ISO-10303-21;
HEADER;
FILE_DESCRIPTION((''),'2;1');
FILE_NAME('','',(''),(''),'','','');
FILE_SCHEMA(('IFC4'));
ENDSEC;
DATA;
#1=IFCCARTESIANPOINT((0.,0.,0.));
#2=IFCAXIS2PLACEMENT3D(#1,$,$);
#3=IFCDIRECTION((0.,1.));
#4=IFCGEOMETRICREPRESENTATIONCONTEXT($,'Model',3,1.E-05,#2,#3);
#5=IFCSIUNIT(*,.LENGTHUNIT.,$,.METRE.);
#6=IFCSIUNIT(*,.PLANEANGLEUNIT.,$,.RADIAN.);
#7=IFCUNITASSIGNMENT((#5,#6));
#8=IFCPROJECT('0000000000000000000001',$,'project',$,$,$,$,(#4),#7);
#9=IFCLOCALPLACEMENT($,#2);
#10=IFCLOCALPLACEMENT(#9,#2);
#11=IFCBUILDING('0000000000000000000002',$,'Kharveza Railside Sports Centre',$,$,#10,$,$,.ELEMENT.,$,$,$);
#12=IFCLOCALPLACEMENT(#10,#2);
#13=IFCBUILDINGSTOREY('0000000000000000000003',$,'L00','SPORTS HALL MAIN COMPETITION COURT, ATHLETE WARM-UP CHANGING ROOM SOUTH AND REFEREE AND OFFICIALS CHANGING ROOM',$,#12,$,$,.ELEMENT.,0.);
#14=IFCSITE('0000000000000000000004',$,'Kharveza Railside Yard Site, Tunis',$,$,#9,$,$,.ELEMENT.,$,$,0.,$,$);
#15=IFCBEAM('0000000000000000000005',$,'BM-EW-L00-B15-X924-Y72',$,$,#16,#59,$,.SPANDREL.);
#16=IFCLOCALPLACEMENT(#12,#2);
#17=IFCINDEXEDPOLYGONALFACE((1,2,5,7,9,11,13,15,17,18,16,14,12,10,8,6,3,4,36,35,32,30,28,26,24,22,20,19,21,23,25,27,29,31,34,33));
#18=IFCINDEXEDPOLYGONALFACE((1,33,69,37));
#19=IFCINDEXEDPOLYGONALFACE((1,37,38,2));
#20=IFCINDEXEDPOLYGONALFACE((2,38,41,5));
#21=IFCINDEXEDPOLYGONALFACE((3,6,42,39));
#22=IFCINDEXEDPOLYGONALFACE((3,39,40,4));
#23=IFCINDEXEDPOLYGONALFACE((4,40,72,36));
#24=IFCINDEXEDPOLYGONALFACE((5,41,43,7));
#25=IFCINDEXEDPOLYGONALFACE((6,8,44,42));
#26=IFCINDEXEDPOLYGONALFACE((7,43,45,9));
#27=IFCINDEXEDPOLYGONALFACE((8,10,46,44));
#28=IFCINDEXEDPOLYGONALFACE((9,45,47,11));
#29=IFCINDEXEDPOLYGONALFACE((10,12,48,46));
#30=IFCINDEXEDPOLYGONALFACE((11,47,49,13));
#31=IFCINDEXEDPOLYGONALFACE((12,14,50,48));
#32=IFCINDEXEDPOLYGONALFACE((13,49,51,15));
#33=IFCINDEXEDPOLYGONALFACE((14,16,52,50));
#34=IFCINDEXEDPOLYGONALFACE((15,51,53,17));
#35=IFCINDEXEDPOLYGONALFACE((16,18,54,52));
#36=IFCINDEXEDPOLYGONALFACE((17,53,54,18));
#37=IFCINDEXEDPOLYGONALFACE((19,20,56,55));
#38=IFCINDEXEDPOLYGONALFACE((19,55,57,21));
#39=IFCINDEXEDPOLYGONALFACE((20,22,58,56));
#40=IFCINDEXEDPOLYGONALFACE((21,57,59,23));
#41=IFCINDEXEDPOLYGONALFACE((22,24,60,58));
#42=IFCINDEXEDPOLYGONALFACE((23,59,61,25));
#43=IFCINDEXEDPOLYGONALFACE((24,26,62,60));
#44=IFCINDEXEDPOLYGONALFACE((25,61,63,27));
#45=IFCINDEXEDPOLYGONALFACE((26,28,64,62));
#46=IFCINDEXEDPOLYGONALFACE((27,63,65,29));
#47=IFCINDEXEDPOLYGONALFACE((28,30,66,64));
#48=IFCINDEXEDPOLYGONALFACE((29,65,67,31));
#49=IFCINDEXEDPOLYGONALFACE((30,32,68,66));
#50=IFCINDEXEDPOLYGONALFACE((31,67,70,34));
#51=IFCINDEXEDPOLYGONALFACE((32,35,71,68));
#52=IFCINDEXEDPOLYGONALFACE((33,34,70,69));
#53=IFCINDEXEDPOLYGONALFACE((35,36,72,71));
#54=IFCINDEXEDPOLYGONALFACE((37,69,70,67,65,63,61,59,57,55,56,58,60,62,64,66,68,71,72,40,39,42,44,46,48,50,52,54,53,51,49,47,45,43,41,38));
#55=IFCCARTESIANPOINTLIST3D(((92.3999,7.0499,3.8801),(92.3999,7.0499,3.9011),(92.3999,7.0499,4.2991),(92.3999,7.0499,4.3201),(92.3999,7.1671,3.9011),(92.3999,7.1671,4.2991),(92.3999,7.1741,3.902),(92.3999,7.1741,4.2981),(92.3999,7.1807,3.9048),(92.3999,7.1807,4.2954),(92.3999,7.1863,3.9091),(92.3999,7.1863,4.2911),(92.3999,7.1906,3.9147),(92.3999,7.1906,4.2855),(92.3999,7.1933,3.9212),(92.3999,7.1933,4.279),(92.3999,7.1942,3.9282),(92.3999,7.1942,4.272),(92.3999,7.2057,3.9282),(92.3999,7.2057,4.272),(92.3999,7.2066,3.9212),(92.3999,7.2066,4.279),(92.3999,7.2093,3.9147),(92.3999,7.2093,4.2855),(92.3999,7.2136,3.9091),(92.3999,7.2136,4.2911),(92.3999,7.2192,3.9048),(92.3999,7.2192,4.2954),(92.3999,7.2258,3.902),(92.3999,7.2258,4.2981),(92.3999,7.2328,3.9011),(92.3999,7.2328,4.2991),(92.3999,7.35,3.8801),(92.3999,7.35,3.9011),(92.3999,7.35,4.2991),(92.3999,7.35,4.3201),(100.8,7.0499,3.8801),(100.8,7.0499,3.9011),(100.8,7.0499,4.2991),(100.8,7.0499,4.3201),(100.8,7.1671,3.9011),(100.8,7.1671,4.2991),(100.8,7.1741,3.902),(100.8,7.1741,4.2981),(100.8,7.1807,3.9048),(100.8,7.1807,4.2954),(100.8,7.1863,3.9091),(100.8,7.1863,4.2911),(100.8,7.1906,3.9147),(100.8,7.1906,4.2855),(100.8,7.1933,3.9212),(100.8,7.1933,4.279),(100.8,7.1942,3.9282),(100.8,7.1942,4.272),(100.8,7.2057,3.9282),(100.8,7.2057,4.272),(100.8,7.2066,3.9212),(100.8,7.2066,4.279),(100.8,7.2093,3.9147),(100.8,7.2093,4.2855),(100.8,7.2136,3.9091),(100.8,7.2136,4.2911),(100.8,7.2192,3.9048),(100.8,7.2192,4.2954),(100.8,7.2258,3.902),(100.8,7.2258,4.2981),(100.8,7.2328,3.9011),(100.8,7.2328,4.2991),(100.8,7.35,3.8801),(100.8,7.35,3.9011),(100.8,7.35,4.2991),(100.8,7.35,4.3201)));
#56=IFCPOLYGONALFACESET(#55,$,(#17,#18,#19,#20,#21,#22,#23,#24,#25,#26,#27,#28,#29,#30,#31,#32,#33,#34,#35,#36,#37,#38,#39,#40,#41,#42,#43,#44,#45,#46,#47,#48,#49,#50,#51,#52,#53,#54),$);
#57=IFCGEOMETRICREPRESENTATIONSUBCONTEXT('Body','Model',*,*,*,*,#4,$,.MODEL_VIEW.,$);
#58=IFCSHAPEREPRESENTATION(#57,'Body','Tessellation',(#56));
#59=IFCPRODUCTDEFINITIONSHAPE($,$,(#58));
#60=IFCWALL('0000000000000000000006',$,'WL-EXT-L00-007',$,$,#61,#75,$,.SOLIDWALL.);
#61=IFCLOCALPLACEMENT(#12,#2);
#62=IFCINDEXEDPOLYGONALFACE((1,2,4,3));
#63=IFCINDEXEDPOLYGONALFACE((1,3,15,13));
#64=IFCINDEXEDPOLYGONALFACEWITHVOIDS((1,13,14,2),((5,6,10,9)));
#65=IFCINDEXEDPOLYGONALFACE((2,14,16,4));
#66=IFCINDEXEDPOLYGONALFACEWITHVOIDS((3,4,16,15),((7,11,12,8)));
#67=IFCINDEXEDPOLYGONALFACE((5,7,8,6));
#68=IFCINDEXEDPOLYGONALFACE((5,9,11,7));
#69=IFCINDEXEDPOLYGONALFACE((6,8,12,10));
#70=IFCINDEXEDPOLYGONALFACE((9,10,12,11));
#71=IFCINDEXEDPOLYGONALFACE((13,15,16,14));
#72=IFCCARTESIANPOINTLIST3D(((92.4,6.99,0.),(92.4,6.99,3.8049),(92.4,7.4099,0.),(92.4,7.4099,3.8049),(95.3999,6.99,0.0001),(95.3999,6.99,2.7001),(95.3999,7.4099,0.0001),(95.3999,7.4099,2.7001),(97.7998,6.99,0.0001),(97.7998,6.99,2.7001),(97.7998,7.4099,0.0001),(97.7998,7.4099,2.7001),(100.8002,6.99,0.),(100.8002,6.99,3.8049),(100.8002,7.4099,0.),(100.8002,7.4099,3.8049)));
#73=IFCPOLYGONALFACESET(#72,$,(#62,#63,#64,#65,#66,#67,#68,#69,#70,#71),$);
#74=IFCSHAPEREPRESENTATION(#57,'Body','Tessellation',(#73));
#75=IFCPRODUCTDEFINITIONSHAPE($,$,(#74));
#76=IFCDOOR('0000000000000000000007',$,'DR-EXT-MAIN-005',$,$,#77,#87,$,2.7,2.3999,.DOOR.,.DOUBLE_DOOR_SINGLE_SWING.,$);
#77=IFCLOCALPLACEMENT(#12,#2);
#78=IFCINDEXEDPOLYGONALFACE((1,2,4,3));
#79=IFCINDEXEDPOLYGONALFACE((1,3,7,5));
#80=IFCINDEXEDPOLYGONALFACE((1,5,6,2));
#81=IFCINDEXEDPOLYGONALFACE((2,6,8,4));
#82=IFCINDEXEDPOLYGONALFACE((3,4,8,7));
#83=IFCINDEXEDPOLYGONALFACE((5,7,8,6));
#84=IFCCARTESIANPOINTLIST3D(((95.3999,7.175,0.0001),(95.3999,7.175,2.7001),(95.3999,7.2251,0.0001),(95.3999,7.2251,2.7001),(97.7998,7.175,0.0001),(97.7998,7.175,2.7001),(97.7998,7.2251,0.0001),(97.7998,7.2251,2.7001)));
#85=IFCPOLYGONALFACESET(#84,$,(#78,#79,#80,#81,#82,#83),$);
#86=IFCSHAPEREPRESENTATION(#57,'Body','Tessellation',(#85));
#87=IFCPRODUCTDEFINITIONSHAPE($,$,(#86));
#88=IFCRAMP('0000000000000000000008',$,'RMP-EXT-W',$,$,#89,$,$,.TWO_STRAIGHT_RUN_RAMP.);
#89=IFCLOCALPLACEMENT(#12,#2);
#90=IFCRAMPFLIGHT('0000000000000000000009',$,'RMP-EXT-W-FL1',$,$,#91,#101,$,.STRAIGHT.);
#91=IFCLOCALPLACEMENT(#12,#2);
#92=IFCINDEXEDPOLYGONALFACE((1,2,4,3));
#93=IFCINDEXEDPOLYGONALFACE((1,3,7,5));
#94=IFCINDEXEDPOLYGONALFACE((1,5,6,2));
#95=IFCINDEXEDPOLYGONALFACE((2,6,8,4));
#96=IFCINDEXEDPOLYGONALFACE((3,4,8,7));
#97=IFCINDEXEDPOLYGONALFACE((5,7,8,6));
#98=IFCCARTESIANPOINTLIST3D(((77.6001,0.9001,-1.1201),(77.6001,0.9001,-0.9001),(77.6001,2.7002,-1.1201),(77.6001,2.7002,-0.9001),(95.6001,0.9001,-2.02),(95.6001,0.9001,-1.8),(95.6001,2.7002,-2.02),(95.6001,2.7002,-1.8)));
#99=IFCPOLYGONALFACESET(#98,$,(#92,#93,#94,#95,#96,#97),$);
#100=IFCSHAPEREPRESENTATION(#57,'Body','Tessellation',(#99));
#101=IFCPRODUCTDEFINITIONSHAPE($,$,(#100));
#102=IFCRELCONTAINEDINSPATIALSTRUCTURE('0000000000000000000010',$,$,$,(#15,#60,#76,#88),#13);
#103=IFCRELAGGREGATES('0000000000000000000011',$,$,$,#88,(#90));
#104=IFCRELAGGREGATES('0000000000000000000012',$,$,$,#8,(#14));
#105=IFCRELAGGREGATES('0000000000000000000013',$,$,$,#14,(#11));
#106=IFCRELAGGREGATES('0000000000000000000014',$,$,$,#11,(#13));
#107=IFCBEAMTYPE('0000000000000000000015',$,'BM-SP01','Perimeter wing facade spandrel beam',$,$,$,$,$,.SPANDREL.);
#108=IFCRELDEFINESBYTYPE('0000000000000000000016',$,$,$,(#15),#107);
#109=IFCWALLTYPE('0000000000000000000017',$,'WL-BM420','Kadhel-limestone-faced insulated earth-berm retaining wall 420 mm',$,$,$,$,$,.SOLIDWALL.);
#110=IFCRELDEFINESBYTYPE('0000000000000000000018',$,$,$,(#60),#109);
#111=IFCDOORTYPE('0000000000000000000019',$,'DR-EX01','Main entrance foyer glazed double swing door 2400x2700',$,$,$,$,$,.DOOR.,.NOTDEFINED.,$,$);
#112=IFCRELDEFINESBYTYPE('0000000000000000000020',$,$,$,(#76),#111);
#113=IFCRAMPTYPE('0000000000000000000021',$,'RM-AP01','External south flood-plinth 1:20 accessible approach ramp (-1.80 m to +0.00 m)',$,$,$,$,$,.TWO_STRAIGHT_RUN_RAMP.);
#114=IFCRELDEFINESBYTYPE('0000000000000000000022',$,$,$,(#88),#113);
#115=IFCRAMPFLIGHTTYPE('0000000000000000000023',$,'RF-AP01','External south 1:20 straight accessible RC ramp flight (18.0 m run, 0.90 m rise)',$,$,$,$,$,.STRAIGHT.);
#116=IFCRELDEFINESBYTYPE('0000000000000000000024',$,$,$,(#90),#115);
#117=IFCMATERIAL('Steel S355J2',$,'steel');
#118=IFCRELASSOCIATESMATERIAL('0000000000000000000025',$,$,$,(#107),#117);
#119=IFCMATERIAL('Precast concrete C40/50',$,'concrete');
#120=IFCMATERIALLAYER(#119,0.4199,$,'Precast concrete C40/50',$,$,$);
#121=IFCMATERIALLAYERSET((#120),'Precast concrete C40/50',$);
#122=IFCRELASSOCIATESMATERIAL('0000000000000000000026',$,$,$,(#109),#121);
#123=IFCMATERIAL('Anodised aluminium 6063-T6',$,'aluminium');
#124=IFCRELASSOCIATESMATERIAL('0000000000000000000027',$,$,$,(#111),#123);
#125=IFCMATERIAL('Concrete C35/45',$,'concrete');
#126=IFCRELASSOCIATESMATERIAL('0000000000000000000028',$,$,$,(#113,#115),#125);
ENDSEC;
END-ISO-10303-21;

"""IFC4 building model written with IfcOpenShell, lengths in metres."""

from ifc_helpers import new_model, si_unit, direction, frame, frame_2d, origin, origin_2d, place, context, subcontext, project, spatial, polyline, rectangle, i_section, outline, extrude, material, layer, layer_set, material_profile, profile_set, type_object, element, fill, aggregate, save


model = new_model("IFC4")

# Units and contexts
model_context = context("Model", 3, precision=1e-05, world=origin(), true_north=direction((0.0, 1.0)))
body_context = subcontext(model_context, "Body", "Model", "MODEL_VIEW")
ifc_project = project(units=[si_unit("LENGTHUNIT", "METRE"), si_unit("PLANEANGLEUNIT", "RADIAN")], contexts=[model_context])

# Site, building, storey
site_placement = place(None, origin())
site = spatial("IfcSite", under=ifc_project, at=site_placement, Name="Kharveza Railside Yard Site, Tunis", CompositionType="ELEMENT", RefElevation=0.0)
building_placement = place(site_placement, origin())
building = spatial("IfcBuilding", under=site, at=building_placement, Name="Kharveza Railside Sports Centre", CompositionType="ELEMENT")
storey_placement = place(building_placement, origin())
storey = spatial("IfcBuildingStorey", under=building, at=storey_placement, Name="L00", Description="SPORTS HALL MAIN COMPETITION COURT, ATHLETE WARM-UP CHANGING ROOM SOUTH AND REFEREE AND OFFICIALS CHANGING ROOM", CompositionType="ELEMENT", Elevation=0.0)

# Shared definitions
ifc_material_1 = material(Name="Concrete C35/45", Category="concrete")

# Shared definitions
ifc_material_2 = material(Name="Steel S355J2", Category="steel")

# Beam
ifc_material_profile_1 = material_profile(ifc_material_2, i_section(OverallWidth=0.3, OverallDepth=0.4399, WebThickness=0.0115, FlangeThickness=0.021, FilletRadius=0.0271, at=origin_2d()), Name="HEA 450")
ifc_profile_set_1 = profile_set([ifc_material_profile_1], Name="Steel S355J2")
beam_type_1 = type_object("IfcBeamType", Name="BM-SP01", Description="Perimeter wing facade spandrel beam", PredefinedType="SPANDREL", material=ifc_profile_set_1)
beam_1_placement = place(storey_placement, frame((92.3999, 7.2, 4.1001), z_axis=(1.0, 0.0, 0.0), x_axis=(0.0, 1.0, 0.0)))
element("IfcBeam", 1, at=beam_1_placement, inside=storey, type_object=beam_type_1, Name="BM-EW-L00-B15-X924-Y72", PredefinedType="SPANDREL", context=body_context, shape_type="SweptSolid", body=[
    extrude(i_section(OverallWidth=0.3, OverallDepth=0.4399, WebThickness=0.0115, FlangeThickness=0.021, FilletRadius=0.0271, at=origin_2d()), origin(), (0.0, 0.0, 1.0), 8.4001),
])

# Wall, opening, door
ifc_material_3 = material(Name="Precast concrete C40/50", Category="concrete")
ifc_layer = layer(ifc_material_3, 0.4199, Name="Precast concrete C40/50")
ifc_layer_set = layer_set([ifc_layer], Name="Precast concrete C40/50")
wall_type = type_object("IfcWallType", Name="WL-BM420", Description="Kadhel-limestone-faced insulated earth-berm retaining wall 420 mm", PredefinedType="SOLIDWALL", material=ifc_layer_set)
wall_placement = place(storey_placement, frame((92.3999, 7.2, 0.0), z_axis=(0.0, 0.0, 1.0), x_axis=(1.0, 0.0, 0.0)))
wall = element("IfcWall", 2, at=wall_placement, inside=storey, type_object=wall_type, Name="WL-EXT-L00-007", PredefinedType="SOLIDWALL", context=body_context, shape_type="SweptSolid", body=[
    extrude(rectangle(XDim=8.4001, YDim=0.4199, at=frame_2d((4.2002, 0.0))), origin(), (0.0, 0.0, 1.0), 3.8049),
])
opening_placement = place(wall_placement, frame((3.0, 0.0, 0.0)))
opening = element("IfcOpeningElement", 3, at=opening_placement, cuts=wall, PredefinedType="OPENING", context=body_context, shape_type="SweptSolid", body=[
    extrude(rectangle(XDim=2.3999, YDim=2.7, at=frame_2d((1.2, 1.3501))), frame((0.0, 0.2349, 0.0), z_axis=(0.0, -1.0, 0.0), x_axis=(1.0, 0.0, 0.0)), (0.0, 0.0, 1.0), 0.4697),
])
ifc_material_4 = material(Name="Anodised aluminium 6063-T6", Category="aluminium")
door_type = type_object("IfcDoorType", Name="DR-EX01", Description="Main entrance foyer glazed double swing door 2400x2700", OperationType="NOTDEFINED", PredefinedType="DOOR", material=ifc_material_4)
door_placement = place(opening_placement, frame((2.3999, 0.0, 0.0), z_axis=(0.0, 0.0, 1.0), x_axis=(-1.0, 0.0, 0.0)))
door = element("IfcDoor", 4, at=door_placement, inside=storey, type_object=door_type, Name="DR-EXT-MAIN-005", OperationType="DOUBLE_DOOR_SINGLE_SWING", OverallHeight=2.7, OverallWidth=2.3999, PredefinedType="DOOR", context=body_context, shape_type="SweptSolid", body=[
    extrude(rectangle(XDim=2.3999, YDim=2.7, at=frame_2d((1.2, 1.3501))), frame((0.0, 0.0249, 0.0), z_axis=(0.0, -1.0, 0.0), x_axis=(1.0, 0.0, 0.0)), (0.0, 0.0, 1.0), 0.05),
])
fill(opening, door)

# Ramp, ramp flight
ramp_type = type_object("IfcRampType", Name="RM-AP01", Description="External south flood-plinth 1:20 accessible approach ramp (-1.80 m to +0.00 m)", PredefinedType="TWO_STRAIGHT_RUN_RAMP", material=ifc_material_1)
ramp_placement = place(storey_placement, origin())
ramp = element("IfcRamp", 5, at=ramp_placement, inside=storey, type_object=ramp_type, Name="RMP-EXT-W", PredefinedType="TWO_STRAIGHT_RUN_RAMP")
ramp_flight_type = type_object("IfcRampFlightType", Name="RF-AP01", Description="External south 1:20 straight accessible RC ramp flight (18.0 m run, 0.90 m rise)", PredefinedType="STRAIGHT", material=ifc_material_1)
ramp_flight_placement = place(storey_placement, frame((95.6001, 1.8, -1.8), z_axis=(0.0, 0.0, 1.0), x_axis=(-1.0, 0.0, 0.0)))
ramp_flight = element("IfcRampFlight", 6, at=ramp_flight_placement, type_object=ramp_flight_type, Name="RMP-EXT-W-FL1", PredefinedType="STRAIGHT", context=body_context, shape_type="SweptSolid", body=[
    extrude(outline(polyline([(0.0, 0.0), (0.0, -0.22), (18.0, 0.6799), (18.0, 0.8999), (0.0, 0.0)])), frame((0.0, 0.8999, 0.0), z_axis=(0.0, -1.0, 0.0), x_axis=(1.0, 0.0, 0.0)), (0.0, 0.0, 1.0), 1.8),
])
aggregate(ramp, [ramp_flight])

save(model, "model.ifc")
